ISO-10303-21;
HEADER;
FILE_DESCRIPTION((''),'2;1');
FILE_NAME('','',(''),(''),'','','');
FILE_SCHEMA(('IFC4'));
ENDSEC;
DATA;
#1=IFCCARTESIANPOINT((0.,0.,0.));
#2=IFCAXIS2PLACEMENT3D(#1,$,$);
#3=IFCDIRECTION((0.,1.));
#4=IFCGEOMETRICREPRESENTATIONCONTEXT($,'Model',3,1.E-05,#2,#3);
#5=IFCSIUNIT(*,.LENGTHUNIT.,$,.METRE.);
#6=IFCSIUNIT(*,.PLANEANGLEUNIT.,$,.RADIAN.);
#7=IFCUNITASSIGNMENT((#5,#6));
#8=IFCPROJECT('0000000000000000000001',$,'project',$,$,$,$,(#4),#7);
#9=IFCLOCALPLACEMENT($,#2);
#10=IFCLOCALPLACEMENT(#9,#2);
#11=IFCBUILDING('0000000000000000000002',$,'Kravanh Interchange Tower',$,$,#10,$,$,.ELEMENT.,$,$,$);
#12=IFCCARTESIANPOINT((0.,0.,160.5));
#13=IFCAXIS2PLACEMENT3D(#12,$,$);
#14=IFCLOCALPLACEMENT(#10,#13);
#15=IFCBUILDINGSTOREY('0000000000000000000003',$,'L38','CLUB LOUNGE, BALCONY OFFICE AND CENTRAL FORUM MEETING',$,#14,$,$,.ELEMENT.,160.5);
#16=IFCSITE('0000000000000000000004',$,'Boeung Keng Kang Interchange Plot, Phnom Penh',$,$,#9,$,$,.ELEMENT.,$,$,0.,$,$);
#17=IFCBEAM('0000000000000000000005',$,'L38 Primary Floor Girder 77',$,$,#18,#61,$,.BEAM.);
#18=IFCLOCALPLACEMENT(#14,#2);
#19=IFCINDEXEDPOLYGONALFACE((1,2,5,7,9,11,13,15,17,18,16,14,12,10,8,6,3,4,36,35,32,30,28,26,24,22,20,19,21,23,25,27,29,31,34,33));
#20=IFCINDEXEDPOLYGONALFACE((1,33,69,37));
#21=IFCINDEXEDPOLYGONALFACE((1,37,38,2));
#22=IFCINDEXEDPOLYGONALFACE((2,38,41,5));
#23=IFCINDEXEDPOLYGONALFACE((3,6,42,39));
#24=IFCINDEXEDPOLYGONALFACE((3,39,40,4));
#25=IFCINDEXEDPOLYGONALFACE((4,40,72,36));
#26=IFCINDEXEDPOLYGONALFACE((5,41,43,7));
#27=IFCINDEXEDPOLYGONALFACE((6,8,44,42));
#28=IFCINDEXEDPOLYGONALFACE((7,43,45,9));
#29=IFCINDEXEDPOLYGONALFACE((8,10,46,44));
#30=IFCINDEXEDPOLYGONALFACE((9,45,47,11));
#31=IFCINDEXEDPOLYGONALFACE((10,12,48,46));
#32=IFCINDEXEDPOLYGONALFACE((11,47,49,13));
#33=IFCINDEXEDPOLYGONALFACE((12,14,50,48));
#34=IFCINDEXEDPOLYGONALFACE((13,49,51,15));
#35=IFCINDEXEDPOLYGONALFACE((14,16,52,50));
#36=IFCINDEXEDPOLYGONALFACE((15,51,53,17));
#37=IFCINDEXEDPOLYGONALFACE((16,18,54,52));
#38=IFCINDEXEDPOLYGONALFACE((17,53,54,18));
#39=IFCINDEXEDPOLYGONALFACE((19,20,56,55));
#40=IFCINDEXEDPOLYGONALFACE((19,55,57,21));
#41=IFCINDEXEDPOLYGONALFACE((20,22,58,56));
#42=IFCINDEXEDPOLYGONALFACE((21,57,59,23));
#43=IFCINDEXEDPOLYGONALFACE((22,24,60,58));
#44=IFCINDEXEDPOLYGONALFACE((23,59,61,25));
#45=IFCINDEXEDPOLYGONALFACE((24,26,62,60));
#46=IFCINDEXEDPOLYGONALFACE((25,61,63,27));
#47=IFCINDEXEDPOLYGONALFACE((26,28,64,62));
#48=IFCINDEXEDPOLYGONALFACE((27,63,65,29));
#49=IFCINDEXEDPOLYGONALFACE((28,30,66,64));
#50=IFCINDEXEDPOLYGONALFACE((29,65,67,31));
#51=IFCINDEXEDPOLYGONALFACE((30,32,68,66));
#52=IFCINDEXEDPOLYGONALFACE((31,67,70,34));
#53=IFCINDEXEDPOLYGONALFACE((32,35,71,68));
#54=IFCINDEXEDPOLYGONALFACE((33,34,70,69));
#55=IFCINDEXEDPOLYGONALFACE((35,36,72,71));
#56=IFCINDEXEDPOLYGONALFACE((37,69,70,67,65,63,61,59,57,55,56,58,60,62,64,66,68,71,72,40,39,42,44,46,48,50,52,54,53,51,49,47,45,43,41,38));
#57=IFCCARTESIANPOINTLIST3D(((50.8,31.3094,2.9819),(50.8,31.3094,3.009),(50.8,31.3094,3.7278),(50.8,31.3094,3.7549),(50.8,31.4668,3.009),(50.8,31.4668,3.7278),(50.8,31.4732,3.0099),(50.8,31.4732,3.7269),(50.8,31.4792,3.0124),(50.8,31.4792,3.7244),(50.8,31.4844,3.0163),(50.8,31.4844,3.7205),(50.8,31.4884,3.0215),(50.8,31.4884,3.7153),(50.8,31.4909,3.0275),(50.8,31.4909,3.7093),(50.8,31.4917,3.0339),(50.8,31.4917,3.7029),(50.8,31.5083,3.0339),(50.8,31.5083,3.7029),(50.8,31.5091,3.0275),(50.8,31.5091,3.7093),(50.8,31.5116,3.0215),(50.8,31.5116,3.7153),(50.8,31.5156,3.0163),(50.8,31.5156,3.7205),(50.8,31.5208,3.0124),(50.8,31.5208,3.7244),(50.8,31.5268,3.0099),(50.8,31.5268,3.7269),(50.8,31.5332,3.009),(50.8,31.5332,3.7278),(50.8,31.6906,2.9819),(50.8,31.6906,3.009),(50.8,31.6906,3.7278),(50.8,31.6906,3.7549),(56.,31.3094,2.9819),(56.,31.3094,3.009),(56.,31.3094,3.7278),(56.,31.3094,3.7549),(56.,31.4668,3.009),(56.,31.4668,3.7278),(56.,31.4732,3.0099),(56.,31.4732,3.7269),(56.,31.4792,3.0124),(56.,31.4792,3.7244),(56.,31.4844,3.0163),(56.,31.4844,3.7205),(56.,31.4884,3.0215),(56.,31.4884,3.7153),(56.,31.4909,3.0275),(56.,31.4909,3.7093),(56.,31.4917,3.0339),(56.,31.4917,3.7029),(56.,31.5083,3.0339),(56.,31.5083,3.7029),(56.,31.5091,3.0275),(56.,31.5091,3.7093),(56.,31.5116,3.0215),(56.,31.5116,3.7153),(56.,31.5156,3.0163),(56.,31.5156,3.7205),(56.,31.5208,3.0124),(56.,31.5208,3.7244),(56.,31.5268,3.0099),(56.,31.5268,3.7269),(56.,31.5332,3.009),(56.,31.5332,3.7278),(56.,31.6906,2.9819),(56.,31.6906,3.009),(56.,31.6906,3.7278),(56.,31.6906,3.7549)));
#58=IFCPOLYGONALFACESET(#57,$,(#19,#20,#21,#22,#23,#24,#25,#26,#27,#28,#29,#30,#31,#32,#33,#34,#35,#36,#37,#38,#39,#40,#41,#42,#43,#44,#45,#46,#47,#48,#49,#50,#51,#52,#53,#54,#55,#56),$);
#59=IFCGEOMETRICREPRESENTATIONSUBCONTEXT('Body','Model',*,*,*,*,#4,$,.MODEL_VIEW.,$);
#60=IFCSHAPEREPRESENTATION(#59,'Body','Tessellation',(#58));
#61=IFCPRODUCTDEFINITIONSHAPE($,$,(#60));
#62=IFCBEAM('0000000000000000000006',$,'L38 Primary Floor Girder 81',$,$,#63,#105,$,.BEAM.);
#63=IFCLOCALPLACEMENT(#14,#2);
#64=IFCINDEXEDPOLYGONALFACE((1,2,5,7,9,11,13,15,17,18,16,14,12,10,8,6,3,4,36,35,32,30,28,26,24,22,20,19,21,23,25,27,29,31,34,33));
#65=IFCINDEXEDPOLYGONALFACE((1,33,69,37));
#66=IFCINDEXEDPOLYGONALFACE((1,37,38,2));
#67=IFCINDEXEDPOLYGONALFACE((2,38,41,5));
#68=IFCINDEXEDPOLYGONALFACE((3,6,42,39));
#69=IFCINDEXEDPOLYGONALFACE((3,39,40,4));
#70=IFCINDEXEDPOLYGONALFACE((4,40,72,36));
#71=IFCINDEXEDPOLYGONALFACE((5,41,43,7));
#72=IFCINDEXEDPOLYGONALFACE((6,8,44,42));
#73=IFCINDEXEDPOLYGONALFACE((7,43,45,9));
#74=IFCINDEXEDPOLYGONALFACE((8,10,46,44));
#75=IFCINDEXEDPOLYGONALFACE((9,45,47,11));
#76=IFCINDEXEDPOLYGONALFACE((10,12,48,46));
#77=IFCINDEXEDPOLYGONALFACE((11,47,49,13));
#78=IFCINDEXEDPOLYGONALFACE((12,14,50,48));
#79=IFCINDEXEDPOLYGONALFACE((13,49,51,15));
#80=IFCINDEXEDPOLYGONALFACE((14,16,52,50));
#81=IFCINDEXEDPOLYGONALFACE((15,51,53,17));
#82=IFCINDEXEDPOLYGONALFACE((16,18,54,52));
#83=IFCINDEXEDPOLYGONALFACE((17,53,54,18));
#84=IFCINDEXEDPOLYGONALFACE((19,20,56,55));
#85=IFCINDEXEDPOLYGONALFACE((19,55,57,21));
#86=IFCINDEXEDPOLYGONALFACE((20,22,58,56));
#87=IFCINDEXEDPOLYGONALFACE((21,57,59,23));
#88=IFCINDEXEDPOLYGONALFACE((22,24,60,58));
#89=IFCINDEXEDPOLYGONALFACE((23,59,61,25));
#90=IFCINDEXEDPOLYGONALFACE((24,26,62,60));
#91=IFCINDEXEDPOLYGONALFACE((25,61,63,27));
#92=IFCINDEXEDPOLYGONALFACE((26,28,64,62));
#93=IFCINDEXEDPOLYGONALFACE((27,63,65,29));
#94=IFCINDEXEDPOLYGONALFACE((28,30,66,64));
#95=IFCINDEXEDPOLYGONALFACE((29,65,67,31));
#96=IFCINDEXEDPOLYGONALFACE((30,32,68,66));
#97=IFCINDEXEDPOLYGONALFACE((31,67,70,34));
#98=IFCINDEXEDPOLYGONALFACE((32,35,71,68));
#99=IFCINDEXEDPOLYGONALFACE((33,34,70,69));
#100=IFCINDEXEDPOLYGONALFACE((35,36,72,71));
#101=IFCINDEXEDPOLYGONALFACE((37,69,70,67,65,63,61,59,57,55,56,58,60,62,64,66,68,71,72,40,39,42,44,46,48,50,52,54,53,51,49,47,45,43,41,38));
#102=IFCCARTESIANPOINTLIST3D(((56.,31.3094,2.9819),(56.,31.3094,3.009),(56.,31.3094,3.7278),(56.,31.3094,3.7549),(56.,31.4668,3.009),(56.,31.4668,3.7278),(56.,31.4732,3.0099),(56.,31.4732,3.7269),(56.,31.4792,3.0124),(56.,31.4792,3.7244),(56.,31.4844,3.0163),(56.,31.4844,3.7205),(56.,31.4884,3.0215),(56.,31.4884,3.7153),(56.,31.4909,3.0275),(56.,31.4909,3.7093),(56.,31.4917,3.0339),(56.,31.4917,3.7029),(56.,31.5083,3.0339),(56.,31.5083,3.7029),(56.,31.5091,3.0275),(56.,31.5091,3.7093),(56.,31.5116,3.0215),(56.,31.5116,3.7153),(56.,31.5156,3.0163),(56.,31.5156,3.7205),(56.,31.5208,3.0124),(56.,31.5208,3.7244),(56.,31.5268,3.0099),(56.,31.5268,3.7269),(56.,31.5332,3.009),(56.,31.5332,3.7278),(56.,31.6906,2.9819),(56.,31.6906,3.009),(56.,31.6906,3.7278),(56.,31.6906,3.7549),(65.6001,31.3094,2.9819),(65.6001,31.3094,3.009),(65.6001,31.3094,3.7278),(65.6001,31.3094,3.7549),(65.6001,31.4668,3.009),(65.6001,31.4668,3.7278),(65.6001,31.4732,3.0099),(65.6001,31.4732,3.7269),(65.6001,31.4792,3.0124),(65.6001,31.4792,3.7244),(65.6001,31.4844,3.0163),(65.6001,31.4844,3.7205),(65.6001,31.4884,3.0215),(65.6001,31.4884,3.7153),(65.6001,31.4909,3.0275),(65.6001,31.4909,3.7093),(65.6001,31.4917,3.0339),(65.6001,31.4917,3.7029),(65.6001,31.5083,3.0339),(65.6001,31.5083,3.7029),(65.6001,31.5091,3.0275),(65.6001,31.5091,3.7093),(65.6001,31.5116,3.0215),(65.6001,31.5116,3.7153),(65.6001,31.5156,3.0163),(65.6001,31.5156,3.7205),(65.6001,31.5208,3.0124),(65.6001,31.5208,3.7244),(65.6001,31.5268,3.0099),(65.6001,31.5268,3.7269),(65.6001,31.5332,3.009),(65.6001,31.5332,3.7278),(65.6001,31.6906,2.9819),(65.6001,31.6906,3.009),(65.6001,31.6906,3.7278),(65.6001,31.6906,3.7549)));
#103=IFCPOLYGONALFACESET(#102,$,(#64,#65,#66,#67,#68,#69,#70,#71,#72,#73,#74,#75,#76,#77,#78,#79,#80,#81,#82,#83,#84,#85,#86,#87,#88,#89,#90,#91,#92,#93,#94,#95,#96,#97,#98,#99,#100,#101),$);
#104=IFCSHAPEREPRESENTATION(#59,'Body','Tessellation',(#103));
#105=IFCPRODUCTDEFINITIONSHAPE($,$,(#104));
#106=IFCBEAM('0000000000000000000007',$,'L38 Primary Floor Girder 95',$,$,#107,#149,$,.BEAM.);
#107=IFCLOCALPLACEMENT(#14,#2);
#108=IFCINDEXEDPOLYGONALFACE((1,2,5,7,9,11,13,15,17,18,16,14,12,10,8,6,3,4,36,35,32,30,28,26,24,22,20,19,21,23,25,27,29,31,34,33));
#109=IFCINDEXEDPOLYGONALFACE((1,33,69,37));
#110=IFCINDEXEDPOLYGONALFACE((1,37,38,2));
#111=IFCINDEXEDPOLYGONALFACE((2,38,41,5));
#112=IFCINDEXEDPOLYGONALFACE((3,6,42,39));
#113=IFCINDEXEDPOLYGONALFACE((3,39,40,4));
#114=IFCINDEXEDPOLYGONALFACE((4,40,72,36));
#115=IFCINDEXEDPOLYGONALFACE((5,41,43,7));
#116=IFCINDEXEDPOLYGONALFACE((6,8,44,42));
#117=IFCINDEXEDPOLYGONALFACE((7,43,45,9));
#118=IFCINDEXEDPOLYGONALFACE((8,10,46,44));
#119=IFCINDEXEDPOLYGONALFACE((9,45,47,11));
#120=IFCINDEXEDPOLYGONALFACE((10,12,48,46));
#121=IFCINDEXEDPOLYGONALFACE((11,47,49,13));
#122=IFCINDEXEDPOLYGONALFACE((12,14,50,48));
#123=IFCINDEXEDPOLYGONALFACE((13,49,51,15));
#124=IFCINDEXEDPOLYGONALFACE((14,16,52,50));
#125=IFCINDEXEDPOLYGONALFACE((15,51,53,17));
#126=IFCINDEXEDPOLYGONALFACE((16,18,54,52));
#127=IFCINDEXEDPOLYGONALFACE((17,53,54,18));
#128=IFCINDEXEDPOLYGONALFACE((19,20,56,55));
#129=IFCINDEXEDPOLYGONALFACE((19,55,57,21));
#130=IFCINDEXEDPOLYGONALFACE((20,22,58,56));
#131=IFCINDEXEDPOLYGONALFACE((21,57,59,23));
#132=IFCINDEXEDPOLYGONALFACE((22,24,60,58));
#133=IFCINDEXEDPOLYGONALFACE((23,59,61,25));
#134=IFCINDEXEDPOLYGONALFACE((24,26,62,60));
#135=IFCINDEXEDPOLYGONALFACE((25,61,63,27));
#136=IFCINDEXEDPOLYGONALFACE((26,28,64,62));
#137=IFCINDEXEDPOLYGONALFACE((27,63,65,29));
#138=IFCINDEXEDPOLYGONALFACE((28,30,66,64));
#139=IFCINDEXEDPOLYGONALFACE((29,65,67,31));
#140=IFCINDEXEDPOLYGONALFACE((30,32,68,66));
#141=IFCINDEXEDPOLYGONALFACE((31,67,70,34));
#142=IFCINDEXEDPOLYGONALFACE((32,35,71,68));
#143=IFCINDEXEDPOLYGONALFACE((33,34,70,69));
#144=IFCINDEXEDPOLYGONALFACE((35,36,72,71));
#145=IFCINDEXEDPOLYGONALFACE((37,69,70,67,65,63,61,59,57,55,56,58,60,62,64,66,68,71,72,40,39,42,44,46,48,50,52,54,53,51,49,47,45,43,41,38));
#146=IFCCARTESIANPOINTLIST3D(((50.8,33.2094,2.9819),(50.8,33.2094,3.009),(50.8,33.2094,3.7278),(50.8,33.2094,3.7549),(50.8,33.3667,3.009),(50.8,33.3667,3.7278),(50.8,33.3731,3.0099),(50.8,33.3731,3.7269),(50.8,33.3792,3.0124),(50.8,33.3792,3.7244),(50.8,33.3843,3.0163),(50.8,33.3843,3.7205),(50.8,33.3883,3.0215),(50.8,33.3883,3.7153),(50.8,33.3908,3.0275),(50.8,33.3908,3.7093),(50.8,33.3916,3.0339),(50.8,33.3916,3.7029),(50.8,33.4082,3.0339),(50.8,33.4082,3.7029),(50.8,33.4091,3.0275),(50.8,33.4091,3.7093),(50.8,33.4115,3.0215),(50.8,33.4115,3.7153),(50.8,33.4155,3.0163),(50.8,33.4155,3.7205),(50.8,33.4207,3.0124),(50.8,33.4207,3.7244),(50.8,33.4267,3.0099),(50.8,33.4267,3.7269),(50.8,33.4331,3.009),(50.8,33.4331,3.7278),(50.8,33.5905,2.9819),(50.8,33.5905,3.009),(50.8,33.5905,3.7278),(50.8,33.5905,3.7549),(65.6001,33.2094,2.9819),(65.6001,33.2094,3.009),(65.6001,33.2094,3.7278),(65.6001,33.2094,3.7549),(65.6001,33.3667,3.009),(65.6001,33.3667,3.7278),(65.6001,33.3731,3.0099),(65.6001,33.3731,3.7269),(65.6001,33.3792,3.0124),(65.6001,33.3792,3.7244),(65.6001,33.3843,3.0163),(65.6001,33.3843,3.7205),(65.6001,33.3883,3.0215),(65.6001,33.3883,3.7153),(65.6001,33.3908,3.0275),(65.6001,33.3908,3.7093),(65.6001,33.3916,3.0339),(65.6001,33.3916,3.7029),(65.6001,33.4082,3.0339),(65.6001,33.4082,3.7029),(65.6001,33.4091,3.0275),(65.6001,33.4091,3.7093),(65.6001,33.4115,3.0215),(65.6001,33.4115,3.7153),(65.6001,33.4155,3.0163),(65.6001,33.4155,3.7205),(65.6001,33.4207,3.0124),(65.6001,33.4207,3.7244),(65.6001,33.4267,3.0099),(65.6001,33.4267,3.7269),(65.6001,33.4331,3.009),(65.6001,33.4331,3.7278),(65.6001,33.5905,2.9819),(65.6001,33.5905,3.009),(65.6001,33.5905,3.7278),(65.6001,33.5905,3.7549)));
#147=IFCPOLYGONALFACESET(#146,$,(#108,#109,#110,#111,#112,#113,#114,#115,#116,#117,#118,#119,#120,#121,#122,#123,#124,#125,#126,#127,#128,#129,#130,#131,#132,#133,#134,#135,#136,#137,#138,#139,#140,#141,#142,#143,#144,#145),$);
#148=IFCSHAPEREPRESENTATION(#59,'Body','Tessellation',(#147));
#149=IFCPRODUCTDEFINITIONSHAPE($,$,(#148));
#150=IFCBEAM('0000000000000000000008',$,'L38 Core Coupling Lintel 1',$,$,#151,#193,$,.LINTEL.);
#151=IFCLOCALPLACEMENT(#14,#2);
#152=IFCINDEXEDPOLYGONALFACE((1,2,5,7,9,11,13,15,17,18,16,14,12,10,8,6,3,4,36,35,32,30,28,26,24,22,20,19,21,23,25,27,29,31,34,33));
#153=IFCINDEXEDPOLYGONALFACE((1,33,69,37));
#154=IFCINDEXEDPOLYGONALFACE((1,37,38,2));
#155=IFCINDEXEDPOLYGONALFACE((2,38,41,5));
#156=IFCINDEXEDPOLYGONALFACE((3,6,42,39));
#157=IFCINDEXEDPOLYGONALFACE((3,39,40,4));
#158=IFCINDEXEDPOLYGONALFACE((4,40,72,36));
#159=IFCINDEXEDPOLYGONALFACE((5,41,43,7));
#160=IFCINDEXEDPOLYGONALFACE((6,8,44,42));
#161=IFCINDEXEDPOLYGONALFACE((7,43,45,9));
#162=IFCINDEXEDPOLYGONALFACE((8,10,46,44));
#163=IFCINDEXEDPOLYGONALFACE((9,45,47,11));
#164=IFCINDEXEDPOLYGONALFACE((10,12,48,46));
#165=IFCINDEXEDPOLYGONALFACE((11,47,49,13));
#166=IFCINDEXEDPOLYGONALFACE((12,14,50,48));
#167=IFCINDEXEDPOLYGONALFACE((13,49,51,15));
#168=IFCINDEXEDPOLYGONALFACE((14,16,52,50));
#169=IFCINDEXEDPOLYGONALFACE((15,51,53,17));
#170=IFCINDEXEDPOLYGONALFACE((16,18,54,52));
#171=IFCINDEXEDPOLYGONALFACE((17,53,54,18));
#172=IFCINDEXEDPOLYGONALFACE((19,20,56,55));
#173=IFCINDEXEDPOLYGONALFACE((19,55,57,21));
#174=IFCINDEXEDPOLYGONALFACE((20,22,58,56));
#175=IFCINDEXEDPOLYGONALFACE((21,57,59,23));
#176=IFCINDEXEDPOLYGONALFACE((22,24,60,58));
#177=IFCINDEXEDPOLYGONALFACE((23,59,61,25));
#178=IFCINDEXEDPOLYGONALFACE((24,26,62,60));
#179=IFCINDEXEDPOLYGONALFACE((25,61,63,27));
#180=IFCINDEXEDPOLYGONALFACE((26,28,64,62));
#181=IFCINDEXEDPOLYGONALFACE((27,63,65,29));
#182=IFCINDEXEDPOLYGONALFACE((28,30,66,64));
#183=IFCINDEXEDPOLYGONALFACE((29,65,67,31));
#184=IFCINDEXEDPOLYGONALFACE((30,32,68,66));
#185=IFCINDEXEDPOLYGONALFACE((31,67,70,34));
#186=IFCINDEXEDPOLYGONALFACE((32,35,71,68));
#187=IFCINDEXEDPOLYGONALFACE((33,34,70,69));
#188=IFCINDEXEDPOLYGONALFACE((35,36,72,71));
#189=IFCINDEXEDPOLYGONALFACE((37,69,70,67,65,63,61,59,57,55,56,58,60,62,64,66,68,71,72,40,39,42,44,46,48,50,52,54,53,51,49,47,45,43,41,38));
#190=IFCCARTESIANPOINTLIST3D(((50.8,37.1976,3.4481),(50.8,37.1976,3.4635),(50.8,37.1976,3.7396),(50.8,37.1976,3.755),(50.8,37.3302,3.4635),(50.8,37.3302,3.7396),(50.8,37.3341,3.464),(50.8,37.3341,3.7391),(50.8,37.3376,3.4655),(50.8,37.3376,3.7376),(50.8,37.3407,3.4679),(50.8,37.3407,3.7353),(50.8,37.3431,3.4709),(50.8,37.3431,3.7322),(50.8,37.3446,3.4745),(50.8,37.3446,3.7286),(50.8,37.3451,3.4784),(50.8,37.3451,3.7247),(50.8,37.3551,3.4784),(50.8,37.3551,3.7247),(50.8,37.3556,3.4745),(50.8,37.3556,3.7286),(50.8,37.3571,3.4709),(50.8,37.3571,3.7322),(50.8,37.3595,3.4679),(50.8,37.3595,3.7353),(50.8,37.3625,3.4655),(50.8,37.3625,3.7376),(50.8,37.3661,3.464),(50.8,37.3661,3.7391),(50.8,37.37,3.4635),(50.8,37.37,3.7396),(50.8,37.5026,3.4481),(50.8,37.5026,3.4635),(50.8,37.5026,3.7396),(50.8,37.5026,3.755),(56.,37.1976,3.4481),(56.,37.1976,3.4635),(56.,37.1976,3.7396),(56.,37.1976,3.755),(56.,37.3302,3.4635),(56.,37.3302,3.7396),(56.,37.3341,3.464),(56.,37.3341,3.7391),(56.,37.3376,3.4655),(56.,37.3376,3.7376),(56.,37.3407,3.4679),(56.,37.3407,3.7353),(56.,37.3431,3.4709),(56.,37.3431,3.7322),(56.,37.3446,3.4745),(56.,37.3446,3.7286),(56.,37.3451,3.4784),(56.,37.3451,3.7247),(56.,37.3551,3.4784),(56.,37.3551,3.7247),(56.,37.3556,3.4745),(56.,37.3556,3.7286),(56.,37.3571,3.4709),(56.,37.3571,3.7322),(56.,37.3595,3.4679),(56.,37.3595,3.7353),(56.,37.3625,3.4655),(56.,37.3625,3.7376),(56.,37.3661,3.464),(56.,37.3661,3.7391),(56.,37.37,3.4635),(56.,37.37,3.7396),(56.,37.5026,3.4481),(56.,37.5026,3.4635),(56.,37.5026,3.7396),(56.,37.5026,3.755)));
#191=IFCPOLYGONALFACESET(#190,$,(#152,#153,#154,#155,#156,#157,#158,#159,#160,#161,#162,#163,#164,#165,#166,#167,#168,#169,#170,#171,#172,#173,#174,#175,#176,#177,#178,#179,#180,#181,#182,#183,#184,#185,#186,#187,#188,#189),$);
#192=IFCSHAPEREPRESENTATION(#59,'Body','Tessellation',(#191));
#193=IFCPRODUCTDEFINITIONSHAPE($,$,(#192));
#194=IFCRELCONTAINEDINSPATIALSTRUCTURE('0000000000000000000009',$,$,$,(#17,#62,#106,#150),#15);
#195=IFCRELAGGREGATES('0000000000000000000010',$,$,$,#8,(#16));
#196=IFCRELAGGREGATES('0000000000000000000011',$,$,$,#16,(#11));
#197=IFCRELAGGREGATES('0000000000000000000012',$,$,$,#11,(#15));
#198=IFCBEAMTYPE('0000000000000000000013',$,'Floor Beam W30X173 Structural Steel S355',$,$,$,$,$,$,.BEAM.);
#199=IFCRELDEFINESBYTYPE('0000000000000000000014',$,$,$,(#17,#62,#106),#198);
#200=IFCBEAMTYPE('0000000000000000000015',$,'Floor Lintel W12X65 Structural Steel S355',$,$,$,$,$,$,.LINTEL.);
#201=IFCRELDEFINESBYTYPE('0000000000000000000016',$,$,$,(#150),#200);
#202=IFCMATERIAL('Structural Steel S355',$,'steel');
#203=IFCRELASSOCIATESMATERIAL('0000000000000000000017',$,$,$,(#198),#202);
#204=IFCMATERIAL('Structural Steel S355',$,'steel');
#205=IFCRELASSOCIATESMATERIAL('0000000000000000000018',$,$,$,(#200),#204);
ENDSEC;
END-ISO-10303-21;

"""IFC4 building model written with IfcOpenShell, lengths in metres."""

from ifc_helpers import new_model, si_unit, direction, frame, origin, origin_2d, place, context, subcontext, project, spatial, i_section, extrude, material, material_profile, profile_set, type_object, element, save


model = new_model("IFC4")

# Units and contexts
model_context = context("Model", 3, precision=1e-05, world=origin(), true_north=direction((0.0, 1.0)))
body_context = subcontext(model_context, "Body", "Model", "MODEL_VIEW")
ifc_project = project(units=[si_unit("LENGTHUNIT", "METRE"), si_unit("PLANEANGLEUNIT", "RADIAN")], contexts=[model_context])

# Site, building, storey
site_placement = place(None, origin())
site = spatial("IfcSite", under=ifc_project, at=site_placement, Name="Boeung Keng Kang Interchange Plot, Phnom Penh", CompositionType="ELEMENT", RefElevation=0.0)
building_placement = place(site_placement, origin())
building = spatial("IfcBuilding", under=site, at=building_placement, Name="Kravanh Interchange Tower", CompositionType="ELEMENT")
storey_placement = place(building_placement, frame((0.0, 0.0, 160.5)))
storey = spatial("IfcBuildingStorey", under=building, at=storey_placement, Name="L38", Description="CLUB LOUNGE, BALCONY OFFICE AND CENTRAL FORUM MEETING", CompositionType="ELEMENT", Elevation=160.5)

# Beams
ifc_material_1 = material(Name="Structural Steel S355", Category="steel")
ifc_material_profile_1 = material_profile(ifc_material_1, i_section(OverallWidth=0.3811, OverallDepth=0.7729, WebThickness=0.0166, FlangeThickness=0.0271, FilletRadius=0.0249, at=origin_2d()), Name="W30X173")
ifc_profile_set_1 = profile_set([ifc_material_profile_1], Name="Structural Steel S355")
beam_type_1 = type_object("IfcBeamType", Name="Floor Beam W30X173 Structural Steel S355", PredefinedType="BEAM", material=ifc_profile_set_1)
beam_1_placement = place(storey_placement, frame((50.8, 31.5, 3.3684), z_axis=(1.0, 0.0, 0.0), x_axis=(0.0, 1.0, 0.0)))
element("IfcBeam", 1, at=beam_1_placement, inside=storey, type_object=beam_type_1, Name="L38 Primary Floor Girder 77", PredefinedType="BEAM", context=body_context, shape_type="SweptSolid", body=[
    extrude(i_section(OverallWidth=0.3811, OverallDepth=0.7729, WebThickness=0.0166, FlangeThickness=0.0271, FilletRadius=0.0249, at=origin_2d()), origin(), (0.0, 0.0, 1.0), 5.2),
])
beam_2_placement = place(storey_placement, frame((56.0, 31.5, 3.3684), z_axis=(1.0, 0.0, 0.0), x_axis=(0.0, 1.0, 0.0)))
element("IfcBeam", 2, at=beam_2_placement, inside=storey, type_object=beam_type_1, Name="L38 Primary Floor Girder 81", PredefinedType="BEAM", context=body_context, shape_type="SweptSolid", body=[
    extrude(i_section(OverallWidth=0.3811, OverallDepth=0.7729, WebThickness=0.0166, FlangeThickness=0.0271, FilletRadius=0.0249, at=origin_2d()), origin(), (0.0, 0.0, 1.0), 9.6001),
])
beam_3_placement = place(storey_placement, frame((50.8, 33.3999, 3.3684), z_axis=(1.0, 0.0, 0.0), x_axis=(0.0, 1.0, 0.0)))
element("IfcBeam", 3, at=beam_3_placement, inside=storey, type_object=beam_type_1, Name="L38 Primary Floor Girder 95", PredefinedType="BEAM", context=body_context, shape_type="SweptSolid", body=[
    extrude(i_section(OverallWidth=0.3811, OverallDepth=0.7729, WebThickness=0.0166, FlangeThickness=0.0271, FilletRadius=0.0249, at=origin_2d()), origin(), (0.0, 0.0, 1.0), 14.8),
])
ifc_material_2 = material(Name="Structural Steel S355", Category="steel")
ifc_material_profile_2 = material_profile(ifc_material_2, i_section(OverallWidth=0.3049, OverallDepth=0.3069, WebThickness=0.01, FlangeThickness=0.0154, FilletRadius=0.0149, at=origin_2d()), Name="W12X65")
ifc_profile_set_2 = profile_set([ifc_material_profile_2], Name="Structural Steel S355")
beam_type_2 = type_object("IfcBeamType", Name="Floor Lintel W12X65 Structural Steel S355", PredefinedType="LINTEL", material=ifc_profile_set_2)
beam_4_placement = place(storey_placement, frame((50.8, 37.3501, 3.6016), z_axis=(1.0, 0.0, 0.0), x_axis=(0.0, 1.0, 0.0)))
element("IfcBeam", 4, at=beam_4_placement, inside=storey, type_object=beam_type_2, Name="L38 Core Coupling Lintel 1", PredefinedType="LINTEL", context=body_context, shape_type="SweptSolid", body=[
    extrude(i_section(OverallWidth=0.3049, OverallDepth=0.3069, WebThickness=0.01, FlangeThickness=0.0154, FilletRadius=0.0149, at=origin_2d()), origin(), (0.0, 0.0, 1.0), 5.2),
])

save(model, "model.ifc")
